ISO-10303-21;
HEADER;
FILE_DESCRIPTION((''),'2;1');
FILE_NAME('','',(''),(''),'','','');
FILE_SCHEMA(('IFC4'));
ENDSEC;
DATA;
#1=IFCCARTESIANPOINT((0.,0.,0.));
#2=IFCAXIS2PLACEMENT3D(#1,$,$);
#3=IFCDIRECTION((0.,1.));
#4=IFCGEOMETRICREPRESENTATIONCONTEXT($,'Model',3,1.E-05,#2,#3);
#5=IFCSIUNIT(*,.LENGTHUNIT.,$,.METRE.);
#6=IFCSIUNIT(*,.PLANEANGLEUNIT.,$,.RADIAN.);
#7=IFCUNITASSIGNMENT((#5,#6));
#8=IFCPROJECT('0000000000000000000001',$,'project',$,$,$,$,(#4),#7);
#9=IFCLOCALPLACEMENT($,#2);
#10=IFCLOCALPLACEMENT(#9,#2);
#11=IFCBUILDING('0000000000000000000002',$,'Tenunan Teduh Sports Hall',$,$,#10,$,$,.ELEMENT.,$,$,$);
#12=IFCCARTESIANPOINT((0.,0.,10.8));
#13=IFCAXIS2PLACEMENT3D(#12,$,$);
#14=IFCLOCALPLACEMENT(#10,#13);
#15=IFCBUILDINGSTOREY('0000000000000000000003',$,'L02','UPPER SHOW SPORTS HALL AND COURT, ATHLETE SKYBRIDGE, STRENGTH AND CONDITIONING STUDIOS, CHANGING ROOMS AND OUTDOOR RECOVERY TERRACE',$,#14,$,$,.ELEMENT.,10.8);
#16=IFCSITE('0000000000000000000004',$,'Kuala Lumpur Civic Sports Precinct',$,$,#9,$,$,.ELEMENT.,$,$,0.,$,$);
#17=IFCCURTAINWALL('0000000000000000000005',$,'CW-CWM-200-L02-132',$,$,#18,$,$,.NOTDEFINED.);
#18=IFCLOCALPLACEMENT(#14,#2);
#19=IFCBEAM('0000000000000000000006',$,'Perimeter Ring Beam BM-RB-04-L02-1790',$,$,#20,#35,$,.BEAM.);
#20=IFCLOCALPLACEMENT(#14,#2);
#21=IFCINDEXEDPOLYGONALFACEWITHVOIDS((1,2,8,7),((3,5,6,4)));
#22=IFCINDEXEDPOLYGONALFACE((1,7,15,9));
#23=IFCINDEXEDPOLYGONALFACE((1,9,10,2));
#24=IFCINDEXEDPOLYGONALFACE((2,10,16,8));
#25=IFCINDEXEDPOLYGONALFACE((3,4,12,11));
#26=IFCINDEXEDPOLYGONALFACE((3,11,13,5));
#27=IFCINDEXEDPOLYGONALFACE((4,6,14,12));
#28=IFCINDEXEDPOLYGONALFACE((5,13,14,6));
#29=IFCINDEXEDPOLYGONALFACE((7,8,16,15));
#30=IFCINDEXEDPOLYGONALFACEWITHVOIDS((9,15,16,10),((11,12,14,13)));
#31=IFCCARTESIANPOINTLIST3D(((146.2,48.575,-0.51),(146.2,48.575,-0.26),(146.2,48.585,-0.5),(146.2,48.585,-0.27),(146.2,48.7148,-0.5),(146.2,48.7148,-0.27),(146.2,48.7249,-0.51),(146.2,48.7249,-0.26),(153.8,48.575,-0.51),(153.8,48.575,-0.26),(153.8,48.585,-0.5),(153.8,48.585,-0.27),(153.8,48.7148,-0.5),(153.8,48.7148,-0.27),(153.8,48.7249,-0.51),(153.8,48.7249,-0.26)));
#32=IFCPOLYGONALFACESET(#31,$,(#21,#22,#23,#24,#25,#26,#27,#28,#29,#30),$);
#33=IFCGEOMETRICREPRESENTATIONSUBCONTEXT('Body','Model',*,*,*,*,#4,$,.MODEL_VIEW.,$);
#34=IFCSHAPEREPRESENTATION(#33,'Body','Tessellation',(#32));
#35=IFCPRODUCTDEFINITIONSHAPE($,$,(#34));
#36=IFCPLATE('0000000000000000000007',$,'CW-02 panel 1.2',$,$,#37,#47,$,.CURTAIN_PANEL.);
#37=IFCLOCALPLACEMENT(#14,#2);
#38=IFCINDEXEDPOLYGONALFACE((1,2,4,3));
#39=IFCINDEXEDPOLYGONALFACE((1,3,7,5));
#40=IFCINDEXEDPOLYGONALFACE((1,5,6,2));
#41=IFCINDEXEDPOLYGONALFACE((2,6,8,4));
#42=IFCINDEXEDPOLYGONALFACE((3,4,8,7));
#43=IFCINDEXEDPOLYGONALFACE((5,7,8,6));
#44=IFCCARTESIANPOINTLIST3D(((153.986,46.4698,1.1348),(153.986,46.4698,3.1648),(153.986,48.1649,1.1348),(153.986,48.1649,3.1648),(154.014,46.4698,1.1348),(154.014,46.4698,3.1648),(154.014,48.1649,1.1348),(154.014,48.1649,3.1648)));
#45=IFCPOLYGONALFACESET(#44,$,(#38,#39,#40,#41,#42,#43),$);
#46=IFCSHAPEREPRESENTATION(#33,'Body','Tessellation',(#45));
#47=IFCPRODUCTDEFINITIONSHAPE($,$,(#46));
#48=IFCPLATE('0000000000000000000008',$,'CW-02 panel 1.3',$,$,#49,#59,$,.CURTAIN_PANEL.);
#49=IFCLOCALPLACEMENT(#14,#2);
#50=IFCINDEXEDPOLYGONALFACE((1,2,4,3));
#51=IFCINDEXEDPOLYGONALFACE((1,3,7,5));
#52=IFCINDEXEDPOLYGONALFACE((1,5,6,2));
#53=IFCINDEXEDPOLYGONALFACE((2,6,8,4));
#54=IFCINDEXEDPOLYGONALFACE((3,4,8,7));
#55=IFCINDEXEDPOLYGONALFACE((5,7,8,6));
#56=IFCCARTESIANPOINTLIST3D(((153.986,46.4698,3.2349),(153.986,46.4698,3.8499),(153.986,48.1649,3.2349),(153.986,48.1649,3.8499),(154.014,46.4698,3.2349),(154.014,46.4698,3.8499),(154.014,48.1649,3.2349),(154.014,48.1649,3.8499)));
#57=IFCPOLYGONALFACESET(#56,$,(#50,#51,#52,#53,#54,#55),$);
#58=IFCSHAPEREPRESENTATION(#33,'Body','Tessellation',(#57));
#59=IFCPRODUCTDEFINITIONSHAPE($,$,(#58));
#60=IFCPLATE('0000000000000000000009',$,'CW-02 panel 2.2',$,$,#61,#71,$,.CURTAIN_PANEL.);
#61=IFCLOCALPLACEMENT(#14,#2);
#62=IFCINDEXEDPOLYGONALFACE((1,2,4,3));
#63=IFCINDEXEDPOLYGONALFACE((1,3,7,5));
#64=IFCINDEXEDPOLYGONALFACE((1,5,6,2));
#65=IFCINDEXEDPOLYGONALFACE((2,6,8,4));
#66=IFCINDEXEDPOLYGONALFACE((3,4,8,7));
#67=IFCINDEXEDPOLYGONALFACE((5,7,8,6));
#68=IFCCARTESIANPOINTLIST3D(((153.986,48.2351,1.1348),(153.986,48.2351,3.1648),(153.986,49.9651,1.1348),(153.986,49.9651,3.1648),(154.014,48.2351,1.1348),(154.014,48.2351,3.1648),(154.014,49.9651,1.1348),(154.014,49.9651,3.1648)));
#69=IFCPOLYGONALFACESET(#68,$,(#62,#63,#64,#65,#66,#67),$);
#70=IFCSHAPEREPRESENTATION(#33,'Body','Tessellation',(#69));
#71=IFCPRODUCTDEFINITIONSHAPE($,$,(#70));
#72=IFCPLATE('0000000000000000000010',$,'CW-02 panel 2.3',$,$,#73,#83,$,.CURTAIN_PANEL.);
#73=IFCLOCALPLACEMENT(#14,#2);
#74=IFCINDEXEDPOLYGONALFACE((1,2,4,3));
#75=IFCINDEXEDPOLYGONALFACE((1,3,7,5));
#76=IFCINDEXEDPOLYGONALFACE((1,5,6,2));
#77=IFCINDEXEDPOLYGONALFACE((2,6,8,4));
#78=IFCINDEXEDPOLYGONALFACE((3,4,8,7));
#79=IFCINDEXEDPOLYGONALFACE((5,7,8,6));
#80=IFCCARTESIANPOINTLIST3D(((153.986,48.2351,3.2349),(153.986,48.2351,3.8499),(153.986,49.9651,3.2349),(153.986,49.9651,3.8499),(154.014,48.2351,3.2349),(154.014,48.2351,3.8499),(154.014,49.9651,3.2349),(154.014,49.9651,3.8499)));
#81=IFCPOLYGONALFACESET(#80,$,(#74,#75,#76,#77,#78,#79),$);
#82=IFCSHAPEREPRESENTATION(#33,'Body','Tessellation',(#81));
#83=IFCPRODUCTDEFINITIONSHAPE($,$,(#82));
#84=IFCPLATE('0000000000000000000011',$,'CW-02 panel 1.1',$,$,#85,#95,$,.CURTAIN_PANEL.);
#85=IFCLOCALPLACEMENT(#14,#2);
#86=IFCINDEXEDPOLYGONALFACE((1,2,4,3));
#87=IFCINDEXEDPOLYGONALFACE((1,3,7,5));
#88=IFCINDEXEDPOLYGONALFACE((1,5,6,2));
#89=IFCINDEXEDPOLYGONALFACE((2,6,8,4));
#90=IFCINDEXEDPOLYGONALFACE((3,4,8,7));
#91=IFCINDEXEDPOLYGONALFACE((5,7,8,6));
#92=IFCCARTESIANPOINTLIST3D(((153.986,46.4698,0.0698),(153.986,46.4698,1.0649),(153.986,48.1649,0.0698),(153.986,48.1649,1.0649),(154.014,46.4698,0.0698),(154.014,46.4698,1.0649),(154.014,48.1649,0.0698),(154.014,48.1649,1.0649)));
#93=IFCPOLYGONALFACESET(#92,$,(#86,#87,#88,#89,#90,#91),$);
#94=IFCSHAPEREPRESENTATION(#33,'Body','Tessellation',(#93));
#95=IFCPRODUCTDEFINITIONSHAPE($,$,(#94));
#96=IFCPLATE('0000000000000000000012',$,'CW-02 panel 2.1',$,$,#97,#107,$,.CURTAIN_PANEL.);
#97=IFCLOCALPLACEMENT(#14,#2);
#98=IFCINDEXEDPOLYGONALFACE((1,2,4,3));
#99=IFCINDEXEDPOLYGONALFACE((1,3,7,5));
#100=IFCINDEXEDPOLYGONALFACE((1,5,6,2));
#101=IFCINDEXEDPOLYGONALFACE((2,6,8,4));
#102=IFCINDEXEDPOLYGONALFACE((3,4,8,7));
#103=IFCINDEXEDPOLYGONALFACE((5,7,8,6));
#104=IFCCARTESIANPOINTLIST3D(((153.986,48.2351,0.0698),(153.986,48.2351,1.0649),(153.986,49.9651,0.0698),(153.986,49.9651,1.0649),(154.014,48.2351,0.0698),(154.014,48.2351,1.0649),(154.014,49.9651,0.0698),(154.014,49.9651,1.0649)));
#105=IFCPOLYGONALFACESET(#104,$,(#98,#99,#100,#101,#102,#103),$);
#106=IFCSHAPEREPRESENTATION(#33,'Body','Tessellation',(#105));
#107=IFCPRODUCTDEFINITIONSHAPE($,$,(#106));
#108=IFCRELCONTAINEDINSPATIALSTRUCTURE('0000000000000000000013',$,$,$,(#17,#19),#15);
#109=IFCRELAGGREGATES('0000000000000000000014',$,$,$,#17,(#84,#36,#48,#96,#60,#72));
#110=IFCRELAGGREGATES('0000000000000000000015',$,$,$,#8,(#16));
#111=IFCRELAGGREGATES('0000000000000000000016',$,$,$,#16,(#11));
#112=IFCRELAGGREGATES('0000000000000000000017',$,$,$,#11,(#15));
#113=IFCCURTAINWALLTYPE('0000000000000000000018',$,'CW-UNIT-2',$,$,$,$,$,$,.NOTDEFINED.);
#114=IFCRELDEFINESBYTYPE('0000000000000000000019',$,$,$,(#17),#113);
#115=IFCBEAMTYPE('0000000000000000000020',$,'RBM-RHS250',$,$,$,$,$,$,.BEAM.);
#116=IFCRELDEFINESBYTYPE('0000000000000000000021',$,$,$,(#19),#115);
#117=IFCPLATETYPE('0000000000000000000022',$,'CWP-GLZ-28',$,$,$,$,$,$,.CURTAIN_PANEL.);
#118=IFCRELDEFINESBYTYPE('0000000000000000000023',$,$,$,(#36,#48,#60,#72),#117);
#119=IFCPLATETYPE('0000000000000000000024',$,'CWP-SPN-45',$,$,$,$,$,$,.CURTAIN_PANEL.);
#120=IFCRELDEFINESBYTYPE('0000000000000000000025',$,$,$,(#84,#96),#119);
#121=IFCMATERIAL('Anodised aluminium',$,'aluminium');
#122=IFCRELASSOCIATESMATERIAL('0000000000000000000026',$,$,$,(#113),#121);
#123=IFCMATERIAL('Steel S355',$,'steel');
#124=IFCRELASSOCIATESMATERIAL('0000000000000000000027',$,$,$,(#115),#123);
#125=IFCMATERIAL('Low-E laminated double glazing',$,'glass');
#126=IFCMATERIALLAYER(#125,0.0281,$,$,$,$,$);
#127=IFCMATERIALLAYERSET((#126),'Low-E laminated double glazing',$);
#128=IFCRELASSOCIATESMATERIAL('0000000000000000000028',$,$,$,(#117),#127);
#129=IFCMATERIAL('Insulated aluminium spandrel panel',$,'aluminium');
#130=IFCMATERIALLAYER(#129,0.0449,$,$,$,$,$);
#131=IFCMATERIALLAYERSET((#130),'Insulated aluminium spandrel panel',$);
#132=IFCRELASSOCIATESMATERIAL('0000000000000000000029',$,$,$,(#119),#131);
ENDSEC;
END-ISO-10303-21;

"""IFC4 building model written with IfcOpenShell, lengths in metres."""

from ifc_helpers import new_model, si_unit, direction, frame, origin, origin_2d, place, context, subcontext, project, spatial, rectangle, hollow_rectangle, extrude, material, layer, layer_set, material_profile, profile_set, type_object, element, aggregate, save


model = new_model("IFC4")

# Units and contexts
model_context = context("Model", 3, precision=1e-05, world=origin(), true_north=direction((0.0, 1.0)))
body_context = subcontext(model_context, "Body", "Model", "MODEL_VIEW")
ifc_project = project(units=[si_unit("LENGTHUNIT", "METRE"), si_unit("PLANEANGLEUNIT", "RADIAN")], contexts=[model_context])

# Site, building, storey
site_placement = place(None, origin())
site = spatial("IfcSite", under=ifc_project, at=site_placement, Name="Kuala Lumpur Civic Sports Precinct", CompositionType="ELEMENT", RefElevation=0.0)
building_placement = place(site_placement, origin())
building = spatial("IfcBuilding", under=site, at=building_placement, Name="Tenunan Teduh Sports Hall", CompositionType="ELEMENT")
storey_placement = place(building_placement, frame((0.0, 0.0, 10.8)))
storey = spatial("IfcBuildingStorey", under=building, at=storey_placement, Name="L02", Description="UPPER SHOW SPORTS HALL AND COURT, ATHLETE SKYBRIDGE, STRENGTH AND CONDITIONING STUDIOS, CHANGING ROOMS AND OUTDOOR RECOVERY TERRACE", CompositionType="ELEMENT", Elevation=10.8)

# Curtain wall
ifc_material_1 = material(Name="Anodised aluminium", Category="aluminium")
curtain_wall_type = type_object("IfcCurtainWallType", Name="CW-UNIT-2", PredefinedType="NOTDEFINED", material=ifc_material_1)
curtain_wall_placement = place(storey_placement, origin())
curtain_wall = element("IfcCurtainWall", 1, at=curtain_wall_placement, inside=storey, type_object=curtain_wall_type, Name="CW-CWM-200-L02-132", PredefinedType="NOTDEFINED")

# Beam
ifc_material_2 = material(Name="Steel S355", Category="steel")
ifc_material_profile_1 = material_profile(ifc_material_2, hollow_rectangle(XDim=0.1499, YDim=0.25, WallThickness=0.01, at=origin_2d()), Name="RHS 250x150x10.0")
ifc_profile_set_1 = profile_set([ifc_material_profile_1], Name="Steel S355")
beam_type = type_object("IfcBeamType", Name="RBM-RHS250", PredefinedType="BEAM", material=ifc_profile_set_1)
beam_placement = place(storey_placement, frame((146.2, 48.6499, -0.385), z_axis=(1.0, 0.0, 0.0), x_axis=(0.0, 1.0, 0.0)))
element("IfcBeam", 2, at=beam_placement, inside=storey, type_object=beam_type, Name="Perimeter Ring Beam BM-RB-04-L02-1790", PredefinedType="BEAM", context=body_context, shape_type="SweptSolid", body=[
    extrude(hollow_rectangle(XDim=0.1499, YDim=0.25, WallThickness=0.01, at=origin_2d()), origin(), (0.0, 0.0, 1.0), 7.6001),
])

# Plates
ifc_material_3 = material(Name="Low-E laminated double glazing", Category="glass")
ifc_layer_1 = layer(ifc_material_3, 0.0281)
ifc_layer_set_1 = layer_set([ifc_layer_1], Name="Low-E laminated double glazing")
plate_type_1 = type_object("IfcPlateType", Name="CWP-GLZ-28", PredefinedType="CURTAIN_PANEL", material=ifc_layer_set_1)
plate_1_placement = place(storey_placement, frame((154.0, 47.3174, 1.1348), z_axis=(0.0, 0.0, 1.0), x_axis=(0.0, 1.0, 0.0)))
plate_1 = element("IfcPlate", 3, at=plate_1_placement, type_object=plate_type_1, Name="CW-02 panel 1.2", PredefinedType="CURTAIN_PANEL", context=body_context, shape_type="SweptSolid", body=[
    extrude(rectangle(XDim=1.6951, YDim=0.0281, at=origin_2d()), origin(), (0.0, 0.0, 1.0), 2.03),
])
plate_2_placement = place(storey_placement, frame((154.0, 47.3174, 3.2349), z_axis=(0.0, 0.0, 1.0), x_axis=(0.0, 1.0, 0.0)))
plate_2 = element("IfcPlate", 4, at=plate_2_placement, type_object=plate_type_1, Name="CW-02 panel 1.3", PredefinedType="CURTAIN_PANEL", context=body_context, shape_type="SweptSolid", body=[
    extrude(rectangle(XDim=1.6951, YDim=0.0281, at=origin_2d()), origin(), (0.0, 0.0, 1.0), 0.615),
])
plate_3_placement = place(storey_placement, frame((154.0, 49.1001, 1.1348), z_axis=(0.0, 0.0, 1.0), x_axis=(0.0, 1.0, 0.0)))
plate_3 = element("IfcPlate", 5, at=plate_3_placement, type_object=plate_type_1, Name="CW-02 panel 2.2", PredefinedType="CURTAIN_PANEL", context=body_context, shape_type="SweptSolid", body=[
    extrude(rectangle(XDim=1.73, YDim=0.0281, at=origin_2d()), origin(), (0.0, 0.0, 1.0), 2.03),
])
plate_4_placement = place(storey_placement, frame((154.0, 49.1001, 3.2349), z_axis=(0.0, 0.0, 1.0), x_axis=(0.0, 1.0, 0.0)))
plate_4 = element("IfcPlate", 6, at=plate_4_placement, type_object=plate_type_1, Name="CW-02 panel 2.3", PredefinedType="CURTAIN_PANEL", context=body_context, shape_type="SweptSolid", body=[
    extrude(rectangle(XDim=1.73, YDim=0.0281, at=origin_2d()), origin(), (0.0, 0.0, 1.0), 0.615),
])
ifc_material_4 = material(Name="Insulated aluminium spandrel panel", Category="aluminium")
ifc_layer_2 = layer(ifc_material_4, 0.0449)
ifc_layer_set_2 = layer_set([ifc_layer_2], Name="Insulated aluminium spandrel panel")
plate_type_2 = type_object("IfcPlateType", Name="CWP-SPN-45", PredefinedType="CURTAIN_PANEL", material=ifc_layer_set_2)
plate_5_placement = place(storey_placement, frame((154.0, 47.3174, 0.0698), z_axis=(0.0, 0.0, 1.0), x_axis=(0.0, 1.0, 0.0)))
plate_5 = element("IfcPlate", 7, at=plate_5_placement, type_object=plate_type_2, Name="CW-02 panel 1.1", PredefinedType="CURTAIN_PANEL", context=body_context, shape_type="SweptSolid", body=[
    extrude(rectangle(XDim=1.6951, YDim=0.0281, at=origin_2d()), origin(), (0.0, 0.0, 1.0), 0.9951),
])
plate_6_placement = place(storey_placement, frame((154.0, 49.1001, 0.0698), z_axis=(0.0, 0.0, 1.0), x_axis=(0.0, 1.0, 0.0)))
plate_6 = element("IfcPlate", 8, at=plate_6_placement, type_object=plate_type_2, Name="CW-02 panel 2.1", PredefinedType="CURTAIN_PANEL", context=body_context, shape_type="SweptSolid", body=[
    extrude(rectangle(XDim=1.73, YDim=0.0281, at=origin_2d()), origin(), (0.0, 0.0, 1.0), 0.9951),
])
aggregate(curtain_wall, [plate_5, plate_1, plate_2, plate_6, plate_3, plate_4])

save(model, "model.ifc")
